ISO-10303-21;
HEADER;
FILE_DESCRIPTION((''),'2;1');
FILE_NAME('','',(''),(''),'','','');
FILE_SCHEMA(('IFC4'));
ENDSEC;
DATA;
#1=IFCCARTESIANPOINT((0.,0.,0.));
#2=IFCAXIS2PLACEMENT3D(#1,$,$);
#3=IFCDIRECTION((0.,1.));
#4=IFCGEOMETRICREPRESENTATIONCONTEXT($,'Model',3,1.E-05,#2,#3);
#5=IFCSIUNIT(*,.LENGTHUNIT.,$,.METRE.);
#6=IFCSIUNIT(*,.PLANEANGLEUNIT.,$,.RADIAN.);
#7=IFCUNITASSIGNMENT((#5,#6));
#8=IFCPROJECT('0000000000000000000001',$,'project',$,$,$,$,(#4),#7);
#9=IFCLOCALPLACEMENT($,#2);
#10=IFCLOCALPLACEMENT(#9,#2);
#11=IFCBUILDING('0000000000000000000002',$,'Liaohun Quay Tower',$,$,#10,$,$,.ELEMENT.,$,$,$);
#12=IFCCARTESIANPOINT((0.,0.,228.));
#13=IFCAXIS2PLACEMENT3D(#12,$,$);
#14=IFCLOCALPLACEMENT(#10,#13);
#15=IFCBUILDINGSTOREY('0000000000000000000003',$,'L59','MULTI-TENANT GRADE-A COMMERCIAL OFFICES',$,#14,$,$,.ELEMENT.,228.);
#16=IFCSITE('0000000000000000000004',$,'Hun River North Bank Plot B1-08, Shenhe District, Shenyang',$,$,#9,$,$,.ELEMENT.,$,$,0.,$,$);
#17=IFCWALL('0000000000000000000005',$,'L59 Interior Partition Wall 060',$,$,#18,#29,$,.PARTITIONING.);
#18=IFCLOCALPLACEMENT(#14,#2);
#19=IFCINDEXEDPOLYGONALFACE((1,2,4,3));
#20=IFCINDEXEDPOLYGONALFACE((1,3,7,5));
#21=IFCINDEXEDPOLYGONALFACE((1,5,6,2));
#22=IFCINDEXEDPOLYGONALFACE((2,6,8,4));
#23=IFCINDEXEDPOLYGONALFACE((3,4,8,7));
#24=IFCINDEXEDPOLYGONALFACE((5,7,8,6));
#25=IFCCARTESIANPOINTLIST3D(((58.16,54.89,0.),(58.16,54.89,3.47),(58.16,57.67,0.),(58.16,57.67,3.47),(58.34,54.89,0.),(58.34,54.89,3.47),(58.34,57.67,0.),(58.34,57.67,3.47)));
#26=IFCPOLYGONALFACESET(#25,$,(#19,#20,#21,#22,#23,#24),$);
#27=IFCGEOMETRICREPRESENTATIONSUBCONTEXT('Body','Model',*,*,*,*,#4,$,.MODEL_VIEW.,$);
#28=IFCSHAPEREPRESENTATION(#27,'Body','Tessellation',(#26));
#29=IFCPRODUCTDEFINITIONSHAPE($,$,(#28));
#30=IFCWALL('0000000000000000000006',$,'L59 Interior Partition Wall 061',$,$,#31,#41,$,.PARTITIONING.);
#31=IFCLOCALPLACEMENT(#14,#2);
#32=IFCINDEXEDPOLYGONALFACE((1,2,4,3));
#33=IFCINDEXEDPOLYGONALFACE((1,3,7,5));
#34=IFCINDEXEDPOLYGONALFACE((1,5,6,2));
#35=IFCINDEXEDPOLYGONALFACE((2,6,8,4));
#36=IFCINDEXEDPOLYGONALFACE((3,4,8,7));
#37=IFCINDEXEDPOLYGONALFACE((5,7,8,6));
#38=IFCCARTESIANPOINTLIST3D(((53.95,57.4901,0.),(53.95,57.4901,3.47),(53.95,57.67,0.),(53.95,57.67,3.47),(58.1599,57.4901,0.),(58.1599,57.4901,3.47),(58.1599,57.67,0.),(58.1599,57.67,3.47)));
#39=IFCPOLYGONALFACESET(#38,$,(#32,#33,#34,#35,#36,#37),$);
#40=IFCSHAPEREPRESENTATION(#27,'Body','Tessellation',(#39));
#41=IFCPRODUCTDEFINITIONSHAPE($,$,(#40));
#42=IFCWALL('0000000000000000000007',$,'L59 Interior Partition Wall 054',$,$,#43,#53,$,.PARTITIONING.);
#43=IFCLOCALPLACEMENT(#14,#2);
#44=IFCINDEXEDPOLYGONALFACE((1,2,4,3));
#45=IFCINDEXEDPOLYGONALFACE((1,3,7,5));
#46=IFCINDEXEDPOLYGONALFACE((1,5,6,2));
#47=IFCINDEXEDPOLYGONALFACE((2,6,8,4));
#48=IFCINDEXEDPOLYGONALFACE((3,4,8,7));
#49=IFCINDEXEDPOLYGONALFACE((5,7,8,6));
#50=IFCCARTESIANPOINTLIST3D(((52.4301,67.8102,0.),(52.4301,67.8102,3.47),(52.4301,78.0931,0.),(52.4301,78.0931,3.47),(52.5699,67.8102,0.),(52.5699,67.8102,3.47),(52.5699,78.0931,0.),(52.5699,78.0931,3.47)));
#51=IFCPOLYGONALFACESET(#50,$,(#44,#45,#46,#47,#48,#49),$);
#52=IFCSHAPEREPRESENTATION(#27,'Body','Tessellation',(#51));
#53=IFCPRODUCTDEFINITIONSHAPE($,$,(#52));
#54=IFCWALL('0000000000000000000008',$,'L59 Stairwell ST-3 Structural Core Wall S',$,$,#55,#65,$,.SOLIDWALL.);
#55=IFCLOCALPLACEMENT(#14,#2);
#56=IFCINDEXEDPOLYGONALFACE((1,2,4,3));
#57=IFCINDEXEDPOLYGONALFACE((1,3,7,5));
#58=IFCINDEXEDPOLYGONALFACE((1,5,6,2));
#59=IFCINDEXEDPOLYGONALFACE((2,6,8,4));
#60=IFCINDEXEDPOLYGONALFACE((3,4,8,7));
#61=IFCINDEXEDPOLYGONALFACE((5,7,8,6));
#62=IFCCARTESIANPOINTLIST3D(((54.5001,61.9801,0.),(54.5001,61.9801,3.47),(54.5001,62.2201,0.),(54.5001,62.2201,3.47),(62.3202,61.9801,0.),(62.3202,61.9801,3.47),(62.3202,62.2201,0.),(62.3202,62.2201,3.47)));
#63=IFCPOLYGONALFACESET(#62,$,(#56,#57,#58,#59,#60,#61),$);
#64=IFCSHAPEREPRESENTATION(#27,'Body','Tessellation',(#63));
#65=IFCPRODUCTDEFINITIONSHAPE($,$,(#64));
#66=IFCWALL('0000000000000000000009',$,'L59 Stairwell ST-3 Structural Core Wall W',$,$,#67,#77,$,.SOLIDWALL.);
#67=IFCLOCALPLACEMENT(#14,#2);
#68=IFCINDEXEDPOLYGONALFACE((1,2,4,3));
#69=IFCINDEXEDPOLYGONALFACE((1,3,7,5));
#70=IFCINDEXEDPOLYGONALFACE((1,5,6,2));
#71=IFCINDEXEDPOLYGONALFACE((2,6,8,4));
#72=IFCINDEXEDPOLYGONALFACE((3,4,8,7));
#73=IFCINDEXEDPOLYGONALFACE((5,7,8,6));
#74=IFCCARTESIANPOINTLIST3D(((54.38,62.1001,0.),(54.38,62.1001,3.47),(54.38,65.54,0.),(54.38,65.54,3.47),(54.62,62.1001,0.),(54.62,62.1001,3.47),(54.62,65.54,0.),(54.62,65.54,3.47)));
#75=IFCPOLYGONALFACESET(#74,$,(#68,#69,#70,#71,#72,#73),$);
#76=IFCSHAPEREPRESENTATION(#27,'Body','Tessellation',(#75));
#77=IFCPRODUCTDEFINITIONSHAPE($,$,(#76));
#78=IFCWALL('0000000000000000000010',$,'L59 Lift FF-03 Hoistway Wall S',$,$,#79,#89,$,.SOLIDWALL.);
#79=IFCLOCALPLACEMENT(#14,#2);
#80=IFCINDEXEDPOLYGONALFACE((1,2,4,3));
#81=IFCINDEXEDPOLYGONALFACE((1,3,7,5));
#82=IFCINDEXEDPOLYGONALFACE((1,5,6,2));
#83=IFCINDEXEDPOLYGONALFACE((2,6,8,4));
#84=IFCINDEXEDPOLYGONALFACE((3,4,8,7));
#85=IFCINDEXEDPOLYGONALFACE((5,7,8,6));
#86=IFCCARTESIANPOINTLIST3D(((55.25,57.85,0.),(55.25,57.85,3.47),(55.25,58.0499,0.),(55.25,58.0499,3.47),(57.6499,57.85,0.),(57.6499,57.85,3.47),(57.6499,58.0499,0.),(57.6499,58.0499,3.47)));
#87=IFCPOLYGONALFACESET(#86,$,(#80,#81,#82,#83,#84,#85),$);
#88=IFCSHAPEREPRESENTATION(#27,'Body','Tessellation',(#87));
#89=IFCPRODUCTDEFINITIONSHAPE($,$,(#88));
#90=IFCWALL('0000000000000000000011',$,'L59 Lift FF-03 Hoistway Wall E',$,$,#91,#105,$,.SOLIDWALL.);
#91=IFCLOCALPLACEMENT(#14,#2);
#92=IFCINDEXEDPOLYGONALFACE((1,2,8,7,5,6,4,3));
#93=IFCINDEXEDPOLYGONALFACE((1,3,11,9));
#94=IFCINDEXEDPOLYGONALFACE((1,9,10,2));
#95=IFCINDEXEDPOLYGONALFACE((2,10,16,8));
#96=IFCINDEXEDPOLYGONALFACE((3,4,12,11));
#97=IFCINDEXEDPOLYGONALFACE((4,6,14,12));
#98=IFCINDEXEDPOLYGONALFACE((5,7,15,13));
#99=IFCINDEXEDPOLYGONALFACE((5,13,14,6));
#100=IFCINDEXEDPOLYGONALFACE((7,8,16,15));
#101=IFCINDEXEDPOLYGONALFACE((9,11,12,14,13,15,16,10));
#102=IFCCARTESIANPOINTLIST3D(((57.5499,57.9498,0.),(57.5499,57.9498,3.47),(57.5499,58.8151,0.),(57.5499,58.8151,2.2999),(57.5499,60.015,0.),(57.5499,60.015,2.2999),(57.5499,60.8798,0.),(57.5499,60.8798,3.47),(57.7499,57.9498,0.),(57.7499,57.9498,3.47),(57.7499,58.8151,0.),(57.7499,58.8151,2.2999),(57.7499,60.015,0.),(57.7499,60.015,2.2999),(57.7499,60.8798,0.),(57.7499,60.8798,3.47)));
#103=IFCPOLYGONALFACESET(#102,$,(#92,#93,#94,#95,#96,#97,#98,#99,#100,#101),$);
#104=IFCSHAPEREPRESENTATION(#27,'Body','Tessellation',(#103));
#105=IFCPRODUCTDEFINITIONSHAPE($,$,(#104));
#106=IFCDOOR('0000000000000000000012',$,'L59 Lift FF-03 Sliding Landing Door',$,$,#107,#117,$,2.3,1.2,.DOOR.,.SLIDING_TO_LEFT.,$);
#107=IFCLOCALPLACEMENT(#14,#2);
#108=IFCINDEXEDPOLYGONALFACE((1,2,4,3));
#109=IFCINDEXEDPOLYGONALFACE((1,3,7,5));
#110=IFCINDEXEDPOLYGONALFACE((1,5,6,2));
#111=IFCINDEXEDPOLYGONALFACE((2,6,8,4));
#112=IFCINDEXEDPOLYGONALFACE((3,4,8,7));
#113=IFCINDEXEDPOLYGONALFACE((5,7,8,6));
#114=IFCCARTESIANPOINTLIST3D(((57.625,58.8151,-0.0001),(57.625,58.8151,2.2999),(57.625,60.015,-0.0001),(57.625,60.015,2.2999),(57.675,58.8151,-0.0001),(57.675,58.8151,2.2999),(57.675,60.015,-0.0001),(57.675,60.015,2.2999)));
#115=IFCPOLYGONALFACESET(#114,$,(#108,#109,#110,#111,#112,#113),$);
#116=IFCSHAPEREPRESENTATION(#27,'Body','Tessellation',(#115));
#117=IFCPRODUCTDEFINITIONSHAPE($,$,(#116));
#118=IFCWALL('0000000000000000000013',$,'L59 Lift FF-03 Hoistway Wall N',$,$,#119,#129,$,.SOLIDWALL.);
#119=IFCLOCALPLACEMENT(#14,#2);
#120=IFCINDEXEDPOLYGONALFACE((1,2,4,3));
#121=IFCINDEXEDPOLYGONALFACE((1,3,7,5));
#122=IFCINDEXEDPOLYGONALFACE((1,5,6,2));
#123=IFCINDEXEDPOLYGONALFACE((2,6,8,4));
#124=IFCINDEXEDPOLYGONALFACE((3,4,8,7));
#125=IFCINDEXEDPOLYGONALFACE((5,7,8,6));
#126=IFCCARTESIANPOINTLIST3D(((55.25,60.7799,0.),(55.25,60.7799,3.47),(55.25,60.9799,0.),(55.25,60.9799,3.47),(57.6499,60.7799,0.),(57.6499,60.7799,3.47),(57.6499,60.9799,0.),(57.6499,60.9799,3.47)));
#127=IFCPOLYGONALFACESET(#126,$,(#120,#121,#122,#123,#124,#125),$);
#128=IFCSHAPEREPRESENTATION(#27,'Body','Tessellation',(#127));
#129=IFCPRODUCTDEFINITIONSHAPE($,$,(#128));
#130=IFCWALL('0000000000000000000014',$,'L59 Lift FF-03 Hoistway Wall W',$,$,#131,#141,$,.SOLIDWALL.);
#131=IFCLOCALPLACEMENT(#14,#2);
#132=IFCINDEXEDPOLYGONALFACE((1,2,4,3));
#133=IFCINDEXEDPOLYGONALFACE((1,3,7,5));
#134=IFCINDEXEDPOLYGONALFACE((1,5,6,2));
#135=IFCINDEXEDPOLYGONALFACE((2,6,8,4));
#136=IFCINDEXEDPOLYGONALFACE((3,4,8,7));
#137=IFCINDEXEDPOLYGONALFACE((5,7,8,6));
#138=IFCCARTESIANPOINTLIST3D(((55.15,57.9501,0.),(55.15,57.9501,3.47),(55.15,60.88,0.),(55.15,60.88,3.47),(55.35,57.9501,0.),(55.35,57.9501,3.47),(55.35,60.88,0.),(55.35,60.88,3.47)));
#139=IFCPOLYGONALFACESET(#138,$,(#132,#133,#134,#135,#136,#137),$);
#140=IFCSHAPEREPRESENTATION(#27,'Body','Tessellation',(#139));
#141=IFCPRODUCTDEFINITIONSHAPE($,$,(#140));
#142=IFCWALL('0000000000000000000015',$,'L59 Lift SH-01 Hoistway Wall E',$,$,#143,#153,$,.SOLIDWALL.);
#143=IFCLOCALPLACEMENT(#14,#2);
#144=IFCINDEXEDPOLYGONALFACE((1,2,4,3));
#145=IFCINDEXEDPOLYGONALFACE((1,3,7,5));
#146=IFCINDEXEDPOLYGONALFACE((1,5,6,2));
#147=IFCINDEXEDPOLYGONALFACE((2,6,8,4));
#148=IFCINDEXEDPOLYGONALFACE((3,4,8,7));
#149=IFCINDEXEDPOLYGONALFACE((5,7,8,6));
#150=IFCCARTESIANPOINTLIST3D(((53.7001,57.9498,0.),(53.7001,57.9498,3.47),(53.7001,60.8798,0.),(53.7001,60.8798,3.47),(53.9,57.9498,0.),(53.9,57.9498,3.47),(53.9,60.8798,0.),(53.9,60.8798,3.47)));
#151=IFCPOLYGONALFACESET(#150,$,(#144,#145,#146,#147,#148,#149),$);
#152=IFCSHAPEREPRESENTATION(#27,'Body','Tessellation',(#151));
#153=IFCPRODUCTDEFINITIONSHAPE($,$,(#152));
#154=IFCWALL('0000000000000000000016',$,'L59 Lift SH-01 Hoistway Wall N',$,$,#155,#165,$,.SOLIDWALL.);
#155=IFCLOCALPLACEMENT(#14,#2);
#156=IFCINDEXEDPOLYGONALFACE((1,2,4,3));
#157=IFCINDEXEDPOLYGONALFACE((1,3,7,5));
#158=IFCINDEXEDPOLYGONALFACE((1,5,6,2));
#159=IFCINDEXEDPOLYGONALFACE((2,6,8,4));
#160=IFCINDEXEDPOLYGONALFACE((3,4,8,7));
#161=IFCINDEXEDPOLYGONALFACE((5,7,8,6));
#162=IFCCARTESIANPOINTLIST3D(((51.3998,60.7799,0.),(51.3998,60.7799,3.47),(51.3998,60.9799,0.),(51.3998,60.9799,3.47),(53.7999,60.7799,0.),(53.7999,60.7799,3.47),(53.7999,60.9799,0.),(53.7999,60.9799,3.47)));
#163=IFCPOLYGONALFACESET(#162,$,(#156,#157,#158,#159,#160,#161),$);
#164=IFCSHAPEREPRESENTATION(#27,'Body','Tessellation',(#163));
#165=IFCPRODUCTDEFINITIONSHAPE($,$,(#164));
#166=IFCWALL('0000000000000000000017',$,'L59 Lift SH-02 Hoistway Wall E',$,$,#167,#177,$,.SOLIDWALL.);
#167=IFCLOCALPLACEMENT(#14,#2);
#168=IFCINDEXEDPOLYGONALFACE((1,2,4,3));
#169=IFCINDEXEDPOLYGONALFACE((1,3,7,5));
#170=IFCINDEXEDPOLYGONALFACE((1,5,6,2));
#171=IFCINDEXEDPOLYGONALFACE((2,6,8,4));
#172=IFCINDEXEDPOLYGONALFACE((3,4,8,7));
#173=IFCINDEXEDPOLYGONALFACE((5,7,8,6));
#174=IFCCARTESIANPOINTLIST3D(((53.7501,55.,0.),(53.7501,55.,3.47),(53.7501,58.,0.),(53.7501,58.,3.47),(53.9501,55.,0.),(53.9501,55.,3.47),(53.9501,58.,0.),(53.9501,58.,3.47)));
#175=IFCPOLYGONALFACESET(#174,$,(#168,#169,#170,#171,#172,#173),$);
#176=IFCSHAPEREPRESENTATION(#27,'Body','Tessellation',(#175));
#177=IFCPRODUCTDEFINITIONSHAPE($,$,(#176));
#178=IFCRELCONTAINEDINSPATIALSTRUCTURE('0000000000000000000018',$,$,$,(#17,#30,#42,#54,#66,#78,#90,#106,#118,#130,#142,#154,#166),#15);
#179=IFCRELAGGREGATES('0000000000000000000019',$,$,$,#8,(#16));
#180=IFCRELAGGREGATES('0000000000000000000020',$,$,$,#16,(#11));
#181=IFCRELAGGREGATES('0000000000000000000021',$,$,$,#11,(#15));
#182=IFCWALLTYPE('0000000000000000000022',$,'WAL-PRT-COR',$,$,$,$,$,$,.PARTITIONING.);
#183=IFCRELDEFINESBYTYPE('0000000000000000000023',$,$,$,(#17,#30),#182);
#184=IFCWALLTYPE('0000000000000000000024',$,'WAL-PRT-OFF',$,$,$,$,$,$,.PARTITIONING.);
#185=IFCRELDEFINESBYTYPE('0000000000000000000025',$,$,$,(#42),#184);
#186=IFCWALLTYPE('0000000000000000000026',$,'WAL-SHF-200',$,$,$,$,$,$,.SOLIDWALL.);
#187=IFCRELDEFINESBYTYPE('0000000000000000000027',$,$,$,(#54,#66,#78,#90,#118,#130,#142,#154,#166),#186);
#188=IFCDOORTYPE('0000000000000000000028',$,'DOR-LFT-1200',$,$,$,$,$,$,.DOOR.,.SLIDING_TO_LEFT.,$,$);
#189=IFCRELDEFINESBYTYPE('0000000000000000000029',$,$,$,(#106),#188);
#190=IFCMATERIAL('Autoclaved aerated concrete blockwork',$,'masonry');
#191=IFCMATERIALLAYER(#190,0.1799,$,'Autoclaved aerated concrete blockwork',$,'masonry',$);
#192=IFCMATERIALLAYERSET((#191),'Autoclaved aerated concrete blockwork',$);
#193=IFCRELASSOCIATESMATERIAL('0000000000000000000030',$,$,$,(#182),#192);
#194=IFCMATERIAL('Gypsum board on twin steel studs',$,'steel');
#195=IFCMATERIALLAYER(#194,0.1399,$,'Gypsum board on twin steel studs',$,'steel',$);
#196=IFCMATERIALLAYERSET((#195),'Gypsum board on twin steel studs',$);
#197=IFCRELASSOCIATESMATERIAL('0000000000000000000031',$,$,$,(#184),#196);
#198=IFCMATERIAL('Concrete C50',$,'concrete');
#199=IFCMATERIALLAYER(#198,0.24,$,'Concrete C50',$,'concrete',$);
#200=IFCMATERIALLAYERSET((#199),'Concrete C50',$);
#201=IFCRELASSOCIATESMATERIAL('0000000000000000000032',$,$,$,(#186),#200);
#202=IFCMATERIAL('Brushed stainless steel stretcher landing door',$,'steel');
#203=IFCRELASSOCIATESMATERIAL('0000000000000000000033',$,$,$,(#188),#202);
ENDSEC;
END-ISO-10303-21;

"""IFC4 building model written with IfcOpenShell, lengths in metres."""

from ifc_helpers import new_model, si_unit, direction, frame, frame_2d, origin, place, context, subcontext, project, spatial, rectangle, extrude, source, transform, mapped, material, layer, layer_set, type_object, element, fill, save


model = new_model("IFC4")

# Units and contexts
model_context = context("Model", 3, precision=1e-05, world=origin(), true_north=direction((0.0, 1.0)))
body_context = subcontext(model_context, "Body", "Model", "MODEL_VIEW")
ifc_project = project(units=[si_unit("LENGTHUNIT", "METRE"), si_unit("PLANEANGLEUNIT", "RADIAN")], contexts=[model_context])

# Site, building, storey
site_placement = place(None, origin())
site = spatial("IfcSite", under=ifc_project, at=site_placement, Name="Hun River North Bank Plot B1-08, Shenhe District, Shenyang", CompositionType="ELEMENT", RefElevation=0.0)
building_placement = place(site_placement, origin())
building = spatial("IfcBuilding", under=site, at=building_placement, Name="Liaohun Quay Tower", CompositionType="ELEMENT")
storey_placement = place(building_placement, frame((0.0, 0.0, 228.0)))
storey = spatial("IfcBuildingStorey", under=building, at=storey_placement, Name="L59", Description="MULTI-TENANT GRADE-A COMMERCIAL OFFICES", CompositionType="ELEMENT", Elevation=228.0)

# Shared definitions
ifc_material_1 = material(Name="Autoclaved aerated concrete blockwork", Category="masonry")
ifc_layer_1 = layer(ifc_material_1, 0.1799, Name="Autoclaved aerated concrete blockwork", Category="masonry")
ifc_layer_set_1 = layer_set([ifc_layer_1], Name="Autoclaved aerated concrete blockwork")
wall_type_1 = type_object("IfcWallType", Name="WAL-PRT-COR", PredefinedType="PARTITIONING", material=ifc_layer_set_1)

# Walls
wall_1_placement = place(storey_placement, frame((58.25, 54.8899, 0.0), z_axis=(0.0, 0.0, 1.0), x_axis=(0.0, 1.0, 0.0)))
element("IfcWall", 1, at=wall_1_placement, inside=storey, type_object=wall_type_1, Name="L59 Interior Partition Wall 060", PredefinedType="PARTITIONING", context=body_context, shape_type="SweptSolid", body=[
    extrude(rectangle(XDim=2.78, YDim=0.1799, at=frame_2d((1.3901, 0.0))), origin(), (0.0, 0.0, 1.0), 3.47),
])
wall_2_placement = place(storey_placement, frame((53.95, 57.5801, 0.0), z_axis=(0.0, 0.0, 1.0), x_axis=(1.0, 0.0, 0.0)))
element("IfcWall", 2, at=wall_2_placement, inside=storey, type_object=wall_type_1, Name="L59 Interior Partition Wall 061", PredefinedType="PARTITIONING", context=body_context, shape_type="SweptSolid", body=[
    extrude(rectangle(XDim=4.21, YDim=0.1799, at=frame_2d((2.105, 0.0))), origin(), (0.0, 0.0, 1.0), 3.47),
])
ifc_material_2 = material(Name="Gypsum board on twin steel studs", Category="steel")
ifc_layer_2 = layer(ifc_material_2, 0.1399, Name="Gypsum board on twin steel studs", Category="steel")
ifc_layer_set_2 = layer_set([ifc_layer_2], Name="Gypsum board on twin steel studs")
wall_type_2 = type_object("IfcWallType", Name="WAL-PRT-OFF", PredefinedType="PARTITIONING", material=ifc_layer_set_2)
wall_3_placement = place(storey_placement, frame((52.5, 67.8101, 0.0), z_axis=(0.0, 0.0, 1.0), x_axis=(0.0, 1.0, 0.0)))
element("IfcWall", 3, at=wall_3_placement, inside=storey, type_object=wall_type_2, Name="L59 Interior Partition Wall 054", PredefinedType="PARTITIONING", context=body_context, shape_type="SweptSolid", body=[
    extrude(rectangle(XDim=10.283, YDim=0.1399, at=frame_2d((5.1416, 0.0))), origin(), (0.0, 0.0, 1.0), 3.47),
])
ifc_material_3 = material(Name="Concrete C50", Category="concrete")
ifc_layer_3 = layer(ifc_material_3, 0.24, Name="Concrete C50", Category="concrete")
ifc_layer_set_3 = layer_set([ifc_layer_3], Name="Concrete C50")
wall_type_3 = type_object("IfcWallType", Name="WAL-SHF-200", PredefinedType="SOLIDWALL", material=ifc_layer_set_3)
wall_4_placement = place(storey_placement, frame((54.5, 62.1001, 0.0), z_axis=(0.0, 0.0, 1.0), x_axis=(1.0, 0.0, 0.0)))
element("IfcWall", 4, at=wall_4_placement, inside=storey, type_object=wall_type_3, Name="L59 Stairwell ST-3 Structural Core Wall S", PredefinedType="SOLIDWALL", context=body_context, shape_type="SweptSolid", body=[
    extrude(rectangle(XDim=7.8201, YDim=0.24, at=frame_2d((3.9102, 0.0))), origin(), (0.0, 0.0, 1.0), 3.47),
])
wall_5_placement = place(storey_placement, frame((54.5, 65.54, 0.0), z_axis=(0.0, 0.0, 1.0), x_axis=(0.0, -1.0, 0.0)))
element("IfcWall", 5, at=wall_5_placement, inside=storey, type_object=wall_type_3, Name="L59 Stairwell ST-3 Structural Core Wall W", PredefinedType="SOLIDWALL", context=body_context, shape_type="SweptSolid", body=[
    extrude(rectangle(XDim=3.4399, YDim=0.24, at=frame_2d((1.72, 0.0))), origin(), (0.0, 0.0, 1.0), 3.47),
])
wall_6_placement = place(storey_placement, frame((55.25, 57.95, 0.0), z_axis=(0.0, 0.0, 1.0), x_axis=(1.0, 0.0, 0.0)))
element("IfcWall", 6, at=wall_6_placement, inside=storey, type_object=wall_type_3, Name="L59 Lift FF-03 Hoistway Wall S", PredefinedType="SOLIDWALL", context=body_context, shape_type="SweptSolid", body=[
    extrude(rectangle(XDim=2.3999, YDim=0.2, at=frame_2d((1.2, 0.0))), origin(), (0.0, 0.0, 1.0), 3.47),
])

# Wall, opening, door
wall_7_placement = place(storey_placement, frame((57.6499, 57.95, 0.0), z_axis=(0.0, 0.0, 1.0), x_axis=(0.0, 1.0, 0.0)))
wall_7 = element("IfcWall", 7, at=wall_7_placement, inside=storey, type_object=wall_type_3, Name="L59 Lift FF-03 Hoistway Wall E", PredefinedType="SOLIDWALL", context=body_context, shape_type="SweptSolid", body=[
    extrude(rectangle(XDim=2.9299, YDim=0.2, at=frame_2d((1.4648, 0.0))), origin(), (0.0, 0.0, 1.0), 3.47),
])
shared_shape_1 = source(origin(), body_context, "Body", "SweptSolid", [
    extrude(rectangle(XDim=1.2, YDim=2.3, at=frame_2d((0.6001, 1.1499))), frame((0.0, 0.1099, 0.0), z_axis=(0.0, -1.0, 0.0), x_axis=(1.0, 0.0, 0.0)), (0.0, 0.0, 1.0), 0.22),
])
opening_1_placement = place(wall_7_placement, frame((0.865, 0.0, 0.0)))
opening_1 = element("IfcOpeningElement", 8, at=opening_1_placement, cuts=wall_7, PredefinedType="OPENING", context=body_context, shape_type="MappedRepresentation", body=[
    mapped(shared_shape_1, transform((0.0, 0.0, 0.0), x_axis=(1.0, 0.0, 0.0), y_axis=(0.0, 1.0, 0.0), z_axis=(0.0, 0.0, 1.0), scale=1.0)),
])
ifc_material_4 = material(Name="Brushed stainless steel stretcher landing door", Category="steel")
door_type_1 = type_object("IfcDoorType", Name="DOR-LFT-1200", OperationType="SLIDING_TO_LEFT", PredefinedType="DOOR", material=ifc_material_4)
shared_shape_2 = source(origin(), body_context, "Body", "SweptSolid", [
    extrude(rectangle(XDim=1.2, YDim=2.3, at=frame_2d((0.6001, 1.1499))), frame((0.0, 0.0249, 0.0), z_axis=(0.0, -1.0, 0.0), x_axis=(1.0, 0.0, 0.0)), (0.0, 0.0, 1.0), 0.05),
])
door_1_placement = place(opening_1_placement, origin())
door_1 = element("IfcDoor", 9, at=door_1_placement, inside=storey, type_object=door_type_1, Name="L59 Lift FF-03 Sliding Landing Door", OperationType="SLIDING_TO_LEFT", OverallHeight=2.3, OverallWidth=1.2, PredefinedType="DOOR", context=body_context, shape_type="MappedRepresentation", body=[
    mapped(shared_shape_2, transform((0.0, 0.0, 0.0), x_axis=(1.0, 0.0, 0.0), y_axis=(0.0, 1.0, 0.0), z_axis=(0.0, 0.0, 1.0), scale=1.0)),
])
fill(opening_1, door_1)

# Walls
wall_8_placement = place(storey_placement, frame((57.6499, 60.8799, 0.0), z_axis=(0.0, 0.0, 1.0), x_axis=(-1.0, 0.0, 0.0)))
element("IfcWall", 10, at=wall_8_placement, inside=storey, type_object=wall_type_3, Name="L59 Lift FF-03 Hoistway Wall N", PredefinedType="SOLIDWALL", context=body_context, shape_type="SweptSolid", body=[
    extrude(rectangle(XDim=2.3999, YDim=0.2, at=frame_2d((1.2, 0.0))), origin(), (0.0, 0.0, 1.0), 3.47),
])
for number, where, z_axis, x_axis, name in (
    (11, (55.25, 60.8799, 0.0), (0.0, 0.0, 1.0), (0.0, -1.0, 0.0), "L59 Lift FF-03 Hoistway Wall W"),
    (12, (53.8, 57.95, 0.0), (0.0, 0.0, 1.0), (0.0, 1.0, 0.0), "L59 Lift SH-01 Hoistway Wall E"),
):
    element("IfcWall", number, at=place(storey_placement, frame(where, z_axis=z_axis, x_axis=x_axis)), inside=storey, type_object=wall_type_3, Name=name, PredefinedType="SOLIDWALL", context=body_context, shape_type="SweptSolid", body=[
        extrude(rectangle(XDim=2.9299, YDim=0.2, at=frame_2d((1.4648, 0.0))), origin(), (0.0, 0.0, 1.0), 3.47),
    ])
wall_9_placement = place(storey_placement, frame((53.8, 60.8799, 0.0), z_axis=(0.0, 0.0, 1.0), x_axis=(-1.0, 0.0, 0.0)))
element("IfcWall", 13, at=wall_9_placement, inside=storey, type_object=wall_type_3, Name="L59 Lift SH-01 Hoistway Wall N", PredefinedType="SOLIDWALL", context=body_context, shape_type="SweptSolid", body=[
    extrude(rectangle(XDim=2.4001, YDim=0.2, at=frame_2d((1.2002, 0.0))), origin(), (0.0, 0.0, 1.0), 3.47),
])
wall_10_placement = place(storey_placement, frame((53.8501, 55.0, 0.0), z_axis=(0.0, 0.0, 1.0), x_axis=(0.0, 1.0, 0.0)))
element("IfcWall", 14, at=wall_10_placement, inside=storey, type_object=wall_type_3, Name="L59 Lift SH-02 Hoistway Wall E", PredefinedType="SOLIDWALL", context=body_context, shape_type="SweptSolid", body=[
    extrude(rectangle(XDim=3.0, YDim=0.2, at=frame_2d((1.5, 0.0))), origin(), (0.0, 0.0, 1.0), 3.47),
])

save(model, "model.ifc")
